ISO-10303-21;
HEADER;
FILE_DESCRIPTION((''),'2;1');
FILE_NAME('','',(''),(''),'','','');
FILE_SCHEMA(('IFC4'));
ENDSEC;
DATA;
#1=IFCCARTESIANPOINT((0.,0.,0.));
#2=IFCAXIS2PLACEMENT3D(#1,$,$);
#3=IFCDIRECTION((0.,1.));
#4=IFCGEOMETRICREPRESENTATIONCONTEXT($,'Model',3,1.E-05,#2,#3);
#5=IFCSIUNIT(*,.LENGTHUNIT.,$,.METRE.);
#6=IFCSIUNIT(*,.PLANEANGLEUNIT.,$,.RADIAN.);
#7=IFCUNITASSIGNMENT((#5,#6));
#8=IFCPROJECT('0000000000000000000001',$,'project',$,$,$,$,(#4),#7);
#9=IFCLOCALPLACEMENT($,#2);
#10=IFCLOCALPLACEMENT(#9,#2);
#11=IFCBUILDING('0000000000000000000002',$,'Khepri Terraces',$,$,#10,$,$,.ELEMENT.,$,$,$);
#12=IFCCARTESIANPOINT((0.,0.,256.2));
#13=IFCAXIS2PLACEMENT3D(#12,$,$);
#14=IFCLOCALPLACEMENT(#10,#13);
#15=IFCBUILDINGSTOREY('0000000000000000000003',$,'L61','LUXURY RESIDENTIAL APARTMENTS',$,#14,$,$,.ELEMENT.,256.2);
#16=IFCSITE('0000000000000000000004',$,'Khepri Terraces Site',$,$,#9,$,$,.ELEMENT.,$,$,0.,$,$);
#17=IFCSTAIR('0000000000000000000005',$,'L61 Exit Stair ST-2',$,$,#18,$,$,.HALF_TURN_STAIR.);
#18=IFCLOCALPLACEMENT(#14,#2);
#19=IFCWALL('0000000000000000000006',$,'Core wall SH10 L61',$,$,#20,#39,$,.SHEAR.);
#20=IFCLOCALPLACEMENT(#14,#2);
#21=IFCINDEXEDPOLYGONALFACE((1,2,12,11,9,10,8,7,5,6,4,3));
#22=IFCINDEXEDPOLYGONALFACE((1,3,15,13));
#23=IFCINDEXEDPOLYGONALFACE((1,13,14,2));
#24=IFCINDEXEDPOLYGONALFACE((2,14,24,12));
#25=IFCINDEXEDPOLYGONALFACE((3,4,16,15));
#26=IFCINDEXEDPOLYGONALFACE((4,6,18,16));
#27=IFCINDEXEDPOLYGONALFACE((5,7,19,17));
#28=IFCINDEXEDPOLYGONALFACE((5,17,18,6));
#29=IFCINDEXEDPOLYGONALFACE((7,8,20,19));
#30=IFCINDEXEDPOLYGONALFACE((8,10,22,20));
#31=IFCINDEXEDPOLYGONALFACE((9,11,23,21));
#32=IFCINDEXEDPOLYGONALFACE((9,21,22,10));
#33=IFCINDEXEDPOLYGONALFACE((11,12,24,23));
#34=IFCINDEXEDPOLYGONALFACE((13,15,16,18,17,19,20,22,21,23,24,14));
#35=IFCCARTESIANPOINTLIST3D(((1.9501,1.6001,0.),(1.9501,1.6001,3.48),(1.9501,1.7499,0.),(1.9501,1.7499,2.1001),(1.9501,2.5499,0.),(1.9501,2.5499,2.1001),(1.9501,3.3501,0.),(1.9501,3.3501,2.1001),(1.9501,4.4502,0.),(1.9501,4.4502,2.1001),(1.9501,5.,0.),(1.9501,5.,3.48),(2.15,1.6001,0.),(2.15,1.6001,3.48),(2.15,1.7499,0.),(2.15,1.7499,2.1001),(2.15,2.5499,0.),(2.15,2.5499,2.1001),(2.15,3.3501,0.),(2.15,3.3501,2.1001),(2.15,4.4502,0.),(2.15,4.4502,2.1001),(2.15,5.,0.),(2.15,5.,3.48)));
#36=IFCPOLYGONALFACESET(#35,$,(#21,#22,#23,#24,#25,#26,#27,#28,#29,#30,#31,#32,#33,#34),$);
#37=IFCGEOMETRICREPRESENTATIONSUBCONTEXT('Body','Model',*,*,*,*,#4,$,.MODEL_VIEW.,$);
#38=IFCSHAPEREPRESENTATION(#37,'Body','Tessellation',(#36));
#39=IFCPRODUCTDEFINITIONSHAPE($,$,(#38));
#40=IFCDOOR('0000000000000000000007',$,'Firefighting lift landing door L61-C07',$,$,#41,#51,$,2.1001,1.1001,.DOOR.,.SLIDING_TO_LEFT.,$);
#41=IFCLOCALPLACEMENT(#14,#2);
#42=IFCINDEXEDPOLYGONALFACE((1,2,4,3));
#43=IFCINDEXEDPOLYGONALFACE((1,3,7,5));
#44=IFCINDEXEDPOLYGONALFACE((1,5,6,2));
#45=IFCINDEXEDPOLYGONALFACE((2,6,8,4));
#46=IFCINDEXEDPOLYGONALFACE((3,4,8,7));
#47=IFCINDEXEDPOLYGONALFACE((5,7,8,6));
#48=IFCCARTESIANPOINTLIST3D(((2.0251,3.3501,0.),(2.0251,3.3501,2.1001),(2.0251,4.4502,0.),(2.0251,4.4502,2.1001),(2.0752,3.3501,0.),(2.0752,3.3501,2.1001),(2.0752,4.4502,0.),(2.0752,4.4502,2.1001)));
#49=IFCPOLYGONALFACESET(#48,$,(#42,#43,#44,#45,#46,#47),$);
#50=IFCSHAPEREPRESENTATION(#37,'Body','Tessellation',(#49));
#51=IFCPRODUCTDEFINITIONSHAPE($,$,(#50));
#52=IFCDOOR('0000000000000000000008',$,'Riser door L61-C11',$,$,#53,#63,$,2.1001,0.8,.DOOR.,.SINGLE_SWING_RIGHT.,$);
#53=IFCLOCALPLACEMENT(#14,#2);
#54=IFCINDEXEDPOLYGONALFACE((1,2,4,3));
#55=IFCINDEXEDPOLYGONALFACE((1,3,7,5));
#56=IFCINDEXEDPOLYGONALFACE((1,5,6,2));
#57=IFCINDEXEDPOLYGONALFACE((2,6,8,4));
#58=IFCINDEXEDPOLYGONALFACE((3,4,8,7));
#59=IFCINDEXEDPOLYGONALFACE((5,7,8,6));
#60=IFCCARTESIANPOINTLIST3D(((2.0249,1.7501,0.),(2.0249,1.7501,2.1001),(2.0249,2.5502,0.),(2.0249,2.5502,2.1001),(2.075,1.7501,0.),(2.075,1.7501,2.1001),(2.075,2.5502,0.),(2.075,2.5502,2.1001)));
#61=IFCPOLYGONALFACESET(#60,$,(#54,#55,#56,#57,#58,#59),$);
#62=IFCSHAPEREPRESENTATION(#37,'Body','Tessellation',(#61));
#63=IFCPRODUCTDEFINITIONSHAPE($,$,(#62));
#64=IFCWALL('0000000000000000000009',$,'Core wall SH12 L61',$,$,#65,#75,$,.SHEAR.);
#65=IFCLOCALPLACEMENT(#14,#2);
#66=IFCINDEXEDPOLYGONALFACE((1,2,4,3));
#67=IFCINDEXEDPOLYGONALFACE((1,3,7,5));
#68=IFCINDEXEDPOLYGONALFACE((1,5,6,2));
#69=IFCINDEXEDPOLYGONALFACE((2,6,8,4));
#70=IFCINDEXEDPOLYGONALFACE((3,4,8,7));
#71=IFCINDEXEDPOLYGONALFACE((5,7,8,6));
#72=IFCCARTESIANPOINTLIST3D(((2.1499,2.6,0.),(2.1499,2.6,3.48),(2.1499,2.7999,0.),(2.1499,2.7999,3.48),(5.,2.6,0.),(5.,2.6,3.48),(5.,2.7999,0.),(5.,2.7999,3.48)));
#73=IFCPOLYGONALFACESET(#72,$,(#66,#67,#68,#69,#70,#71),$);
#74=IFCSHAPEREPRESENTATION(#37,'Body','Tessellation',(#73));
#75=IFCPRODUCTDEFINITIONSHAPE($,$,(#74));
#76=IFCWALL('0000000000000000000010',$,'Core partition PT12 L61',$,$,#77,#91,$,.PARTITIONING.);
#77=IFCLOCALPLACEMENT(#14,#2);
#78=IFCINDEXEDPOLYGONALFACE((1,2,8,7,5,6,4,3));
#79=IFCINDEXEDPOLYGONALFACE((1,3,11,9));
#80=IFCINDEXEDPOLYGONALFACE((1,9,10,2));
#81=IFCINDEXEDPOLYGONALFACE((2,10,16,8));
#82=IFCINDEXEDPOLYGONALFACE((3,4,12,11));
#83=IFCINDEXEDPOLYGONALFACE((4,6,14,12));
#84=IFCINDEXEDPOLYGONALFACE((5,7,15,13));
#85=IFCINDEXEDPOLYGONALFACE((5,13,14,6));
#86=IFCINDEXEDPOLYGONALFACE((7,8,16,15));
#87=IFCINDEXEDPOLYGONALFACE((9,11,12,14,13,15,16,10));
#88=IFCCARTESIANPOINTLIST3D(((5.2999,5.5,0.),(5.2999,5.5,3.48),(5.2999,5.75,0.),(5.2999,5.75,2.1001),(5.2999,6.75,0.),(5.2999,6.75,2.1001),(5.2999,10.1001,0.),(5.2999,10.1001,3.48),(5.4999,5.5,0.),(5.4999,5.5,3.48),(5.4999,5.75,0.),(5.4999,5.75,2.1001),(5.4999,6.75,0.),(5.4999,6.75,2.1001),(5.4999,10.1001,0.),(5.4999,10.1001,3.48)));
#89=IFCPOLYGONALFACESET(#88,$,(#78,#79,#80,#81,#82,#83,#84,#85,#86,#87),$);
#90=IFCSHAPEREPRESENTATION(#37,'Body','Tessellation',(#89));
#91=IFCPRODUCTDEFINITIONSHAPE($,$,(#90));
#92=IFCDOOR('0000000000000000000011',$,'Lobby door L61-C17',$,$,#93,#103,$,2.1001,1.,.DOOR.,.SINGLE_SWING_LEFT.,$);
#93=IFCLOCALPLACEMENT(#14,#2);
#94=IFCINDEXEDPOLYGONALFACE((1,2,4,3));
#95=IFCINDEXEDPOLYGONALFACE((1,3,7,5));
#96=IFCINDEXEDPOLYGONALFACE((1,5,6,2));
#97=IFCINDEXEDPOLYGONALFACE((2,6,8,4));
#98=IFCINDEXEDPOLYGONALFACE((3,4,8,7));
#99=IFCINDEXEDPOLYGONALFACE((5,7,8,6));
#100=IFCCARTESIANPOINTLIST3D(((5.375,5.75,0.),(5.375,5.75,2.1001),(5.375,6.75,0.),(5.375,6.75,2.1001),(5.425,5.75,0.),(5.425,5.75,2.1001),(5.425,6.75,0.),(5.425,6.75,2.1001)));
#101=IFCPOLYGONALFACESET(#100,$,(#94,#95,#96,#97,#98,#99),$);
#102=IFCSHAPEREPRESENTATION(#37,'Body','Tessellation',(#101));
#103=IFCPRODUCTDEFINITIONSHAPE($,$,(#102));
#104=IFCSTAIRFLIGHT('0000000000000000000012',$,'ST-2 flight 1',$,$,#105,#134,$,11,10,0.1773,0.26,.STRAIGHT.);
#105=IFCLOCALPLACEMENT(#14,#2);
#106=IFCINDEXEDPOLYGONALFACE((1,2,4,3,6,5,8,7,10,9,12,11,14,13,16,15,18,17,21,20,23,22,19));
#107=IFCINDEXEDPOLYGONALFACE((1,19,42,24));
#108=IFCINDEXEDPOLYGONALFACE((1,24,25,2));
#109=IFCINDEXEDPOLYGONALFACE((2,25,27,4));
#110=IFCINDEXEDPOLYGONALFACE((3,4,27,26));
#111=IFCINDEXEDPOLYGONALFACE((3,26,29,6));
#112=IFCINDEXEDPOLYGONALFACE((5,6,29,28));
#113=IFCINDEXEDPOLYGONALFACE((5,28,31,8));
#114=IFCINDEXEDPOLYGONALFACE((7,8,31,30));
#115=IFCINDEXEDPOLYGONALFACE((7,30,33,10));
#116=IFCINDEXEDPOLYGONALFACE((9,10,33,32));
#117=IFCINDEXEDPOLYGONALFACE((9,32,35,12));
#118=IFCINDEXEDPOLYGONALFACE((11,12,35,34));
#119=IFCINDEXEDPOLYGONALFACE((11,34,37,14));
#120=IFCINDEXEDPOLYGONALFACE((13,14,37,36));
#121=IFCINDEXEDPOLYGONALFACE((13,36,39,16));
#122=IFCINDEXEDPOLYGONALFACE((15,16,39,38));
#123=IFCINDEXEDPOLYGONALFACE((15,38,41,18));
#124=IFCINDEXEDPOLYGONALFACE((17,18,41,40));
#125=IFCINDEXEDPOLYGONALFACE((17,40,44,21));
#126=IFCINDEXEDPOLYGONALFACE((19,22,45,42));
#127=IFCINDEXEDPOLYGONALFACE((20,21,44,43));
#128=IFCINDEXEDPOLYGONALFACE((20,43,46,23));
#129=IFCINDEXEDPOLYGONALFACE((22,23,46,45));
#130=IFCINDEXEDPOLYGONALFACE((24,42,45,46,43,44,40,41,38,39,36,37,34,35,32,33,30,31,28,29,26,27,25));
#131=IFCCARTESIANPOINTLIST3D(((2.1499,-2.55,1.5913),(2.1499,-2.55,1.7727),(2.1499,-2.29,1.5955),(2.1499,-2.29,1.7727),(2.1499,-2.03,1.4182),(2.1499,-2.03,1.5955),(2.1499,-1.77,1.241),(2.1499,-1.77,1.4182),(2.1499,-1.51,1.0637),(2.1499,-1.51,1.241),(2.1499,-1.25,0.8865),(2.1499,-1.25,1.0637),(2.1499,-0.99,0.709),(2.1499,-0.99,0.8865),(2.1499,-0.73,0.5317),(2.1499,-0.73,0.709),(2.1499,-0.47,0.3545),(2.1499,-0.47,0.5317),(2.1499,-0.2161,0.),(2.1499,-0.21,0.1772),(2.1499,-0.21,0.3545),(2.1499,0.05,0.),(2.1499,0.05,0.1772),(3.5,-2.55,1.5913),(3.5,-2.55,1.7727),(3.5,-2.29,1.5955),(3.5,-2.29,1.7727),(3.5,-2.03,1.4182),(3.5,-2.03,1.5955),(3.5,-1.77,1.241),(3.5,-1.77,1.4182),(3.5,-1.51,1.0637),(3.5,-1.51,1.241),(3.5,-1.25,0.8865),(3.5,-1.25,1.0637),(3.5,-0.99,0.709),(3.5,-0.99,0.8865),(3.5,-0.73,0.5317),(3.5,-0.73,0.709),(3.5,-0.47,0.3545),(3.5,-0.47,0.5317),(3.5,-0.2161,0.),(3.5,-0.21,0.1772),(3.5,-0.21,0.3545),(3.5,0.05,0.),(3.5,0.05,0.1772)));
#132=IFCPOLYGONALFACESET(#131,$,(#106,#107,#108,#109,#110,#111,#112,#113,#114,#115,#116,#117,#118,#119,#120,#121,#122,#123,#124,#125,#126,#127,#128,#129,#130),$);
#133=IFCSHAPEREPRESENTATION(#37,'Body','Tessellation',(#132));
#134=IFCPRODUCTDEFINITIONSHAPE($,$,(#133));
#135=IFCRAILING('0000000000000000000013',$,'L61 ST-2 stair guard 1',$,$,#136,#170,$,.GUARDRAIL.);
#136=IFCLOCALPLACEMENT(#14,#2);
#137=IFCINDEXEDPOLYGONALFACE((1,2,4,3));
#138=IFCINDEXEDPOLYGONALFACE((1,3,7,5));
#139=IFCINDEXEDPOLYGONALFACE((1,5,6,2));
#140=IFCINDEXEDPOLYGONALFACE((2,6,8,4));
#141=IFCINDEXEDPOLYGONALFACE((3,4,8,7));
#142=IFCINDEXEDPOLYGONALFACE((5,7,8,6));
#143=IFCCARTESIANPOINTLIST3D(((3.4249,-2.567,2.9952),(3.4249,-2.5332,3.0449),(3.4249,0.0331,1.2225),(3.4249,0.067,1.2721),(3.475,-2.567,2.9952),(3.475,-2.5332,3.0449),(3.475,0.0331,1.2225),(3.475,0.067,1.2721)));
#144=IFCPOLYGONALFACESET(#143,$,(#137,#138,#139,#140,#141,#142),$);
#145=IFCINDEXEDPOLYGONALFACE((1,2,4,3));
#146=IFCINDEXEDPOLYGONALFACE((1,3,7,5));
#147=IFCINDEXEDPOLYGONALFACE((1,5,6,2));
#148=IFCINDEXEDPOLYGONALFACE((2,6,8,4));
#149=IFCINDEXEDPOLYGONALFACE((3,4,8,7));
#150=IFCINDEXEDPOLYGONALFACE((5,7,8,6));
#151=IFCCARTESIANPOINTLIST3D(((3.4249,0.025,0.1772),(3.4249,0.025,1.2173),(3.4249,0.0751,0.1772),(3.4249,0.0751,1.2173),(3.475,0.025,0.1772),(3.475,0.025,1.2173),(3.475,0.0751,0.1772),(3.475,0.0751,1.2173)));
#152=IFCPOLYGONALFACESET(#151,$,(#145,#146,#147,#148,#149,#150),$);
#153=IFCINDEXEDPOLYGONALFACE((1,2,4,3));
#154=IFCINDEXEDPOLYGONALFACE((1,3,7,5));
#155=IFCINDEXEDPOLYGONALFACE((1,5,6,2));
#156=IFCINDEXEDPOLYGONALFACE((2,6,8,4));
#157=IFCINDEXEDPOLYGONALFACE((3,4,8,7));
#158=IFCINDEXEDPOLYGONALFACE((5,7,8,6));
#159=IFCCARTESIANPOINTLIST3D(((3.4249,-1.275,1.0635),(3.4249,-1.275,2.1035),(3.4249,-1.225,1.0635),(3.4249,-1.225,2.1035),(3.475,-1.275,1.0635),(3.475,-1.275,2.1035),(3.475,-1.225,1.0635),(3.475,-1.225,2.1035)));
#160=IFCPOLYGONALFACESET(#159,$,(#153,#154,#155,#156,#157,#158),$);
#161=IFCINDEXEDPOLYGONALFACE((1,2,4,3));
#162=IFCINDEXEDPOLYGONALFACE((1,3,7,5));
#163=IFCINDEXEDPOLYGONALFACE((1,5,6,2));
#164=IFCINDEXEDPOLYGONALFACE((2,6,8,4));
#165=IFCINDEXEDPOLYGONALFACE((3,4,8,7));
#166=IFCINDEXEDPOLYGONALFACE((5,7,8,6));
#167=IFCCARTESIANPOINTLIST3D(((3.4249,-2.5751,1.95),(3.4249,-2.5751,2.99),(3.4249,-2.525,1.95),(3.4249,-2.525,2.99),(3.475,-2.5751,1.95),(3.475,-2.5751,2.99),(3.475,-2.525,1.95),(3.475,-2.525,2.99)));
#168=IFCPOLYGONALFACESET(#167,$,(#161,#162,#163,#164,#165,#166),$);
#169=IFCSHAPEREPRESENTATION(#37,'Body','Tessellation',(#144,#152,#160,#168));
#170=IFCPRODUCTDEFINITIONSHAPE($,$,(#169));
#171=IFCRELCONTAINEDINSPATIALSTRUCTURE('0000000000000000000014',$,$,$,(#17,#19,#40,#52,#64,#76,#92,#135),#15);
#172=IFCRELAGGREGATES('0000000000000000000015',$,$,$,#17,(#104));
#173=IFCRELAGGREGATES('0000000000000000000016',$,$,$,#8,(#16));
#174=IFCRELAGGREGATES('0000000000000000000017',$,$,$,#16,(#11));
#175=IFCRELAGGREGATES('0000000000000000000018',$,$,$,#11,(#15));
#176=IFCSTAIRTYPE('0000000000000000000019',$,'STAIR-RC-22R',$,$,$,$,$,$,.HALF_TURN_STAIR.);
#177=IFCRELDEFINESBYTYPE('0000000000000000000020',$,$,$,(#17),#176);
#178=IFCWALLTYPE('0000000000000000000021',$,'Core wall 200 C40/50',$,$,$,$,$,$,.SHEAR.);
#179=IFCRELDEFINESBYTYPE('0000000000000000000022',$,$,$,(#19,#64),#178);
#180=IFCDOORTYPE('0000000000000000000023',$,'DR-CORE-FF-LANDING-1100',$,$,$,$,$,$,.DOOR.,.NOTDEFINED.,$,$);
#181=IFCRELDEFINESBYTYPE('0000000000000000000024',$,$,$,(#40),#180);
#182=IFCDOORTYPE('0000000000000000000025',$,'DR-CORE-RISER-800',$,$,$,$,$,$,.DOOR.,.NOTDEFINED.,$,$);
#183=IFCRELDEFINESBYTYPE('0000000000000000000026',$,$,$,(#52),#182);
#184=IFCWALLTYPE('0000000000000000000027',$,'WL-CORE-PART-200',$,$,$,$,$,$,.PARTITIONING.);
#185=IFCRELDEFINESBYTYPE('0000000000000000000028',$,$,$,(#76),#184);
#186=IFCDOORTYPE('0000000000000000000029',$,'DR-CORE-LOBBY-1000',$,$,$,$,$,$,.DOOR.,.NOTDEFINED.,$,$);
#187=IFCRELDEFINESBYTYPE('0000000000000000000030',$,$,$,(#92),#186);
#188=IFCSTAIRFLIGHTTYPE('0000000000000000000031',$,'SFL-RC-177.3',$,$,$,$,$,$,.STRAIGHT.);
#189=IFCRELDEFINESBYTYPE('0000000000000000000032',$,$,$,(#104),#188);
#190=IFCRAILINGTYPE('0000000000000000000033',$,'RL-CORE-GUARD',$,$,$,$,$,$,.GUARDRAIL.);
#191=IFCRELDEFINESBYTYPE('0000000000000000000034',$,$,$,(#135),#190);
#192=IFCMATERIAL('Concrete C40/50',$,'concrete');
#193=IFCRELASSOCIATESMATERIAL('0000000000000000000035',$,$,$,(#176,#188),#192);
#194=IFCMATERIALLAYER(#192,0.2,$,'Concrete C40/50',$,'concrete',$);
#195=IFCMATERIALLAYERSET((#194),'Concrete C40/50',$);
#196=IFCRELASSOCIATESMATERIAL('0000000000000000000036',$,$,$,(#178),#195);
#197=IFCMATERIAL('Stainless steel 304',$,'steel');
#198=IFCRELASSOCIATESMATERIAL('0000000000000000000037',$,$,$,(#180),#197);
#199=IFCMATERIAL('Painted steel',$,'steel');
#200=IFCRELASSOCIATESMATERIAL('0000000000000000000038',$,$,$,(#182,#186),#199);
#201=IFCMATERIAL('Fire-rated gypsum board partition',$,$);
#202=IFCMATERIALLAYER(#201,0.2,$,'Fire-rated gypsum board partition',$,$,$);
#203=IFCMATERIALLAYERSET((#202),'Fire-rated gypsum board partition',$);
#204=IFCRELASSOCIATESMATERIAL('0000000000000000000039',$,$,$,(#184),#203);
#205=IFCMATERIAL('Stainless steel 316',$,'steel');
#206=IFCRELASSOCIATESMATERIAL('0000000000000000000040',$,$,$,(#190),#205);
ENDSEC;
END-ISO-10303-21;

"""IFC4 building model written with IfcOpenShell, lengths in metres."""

from ifc_helpers import new_model, si_unit, direction, frame, frame_2d, origin, origin_2d, place, context, subcontext, project, spatial, polyline, rectangle, outline, extrude, material, layer, layer_set, type_object, element, fill, aggregate, save


model = new_model("IFC4")

# Units and contexts
model_context = context("Model", 3, precision=1e-05, world=origin(), true_north=direction((0.0, 1.0)))
body_context = subcontext(model_context, "Body", "Model", "MODEL_VIEW")
ifc_project = project(units=[si_unit("LENGTHUNIT", "METRE"), si_unit("PLANEANGLEUNIT", "RADIAN")], contexts=[model_context])

# Site, building, storey
site_placement = place(None, origin())
site = spatial("IfcSite", under=ifc_project, at=site_placement, Name="Khepri Terraces Site", CompositionType="ELEMENT", RefElevation=0.0)
building_placement = place(site_placement, origin())
building = spatial("IfcBuilding", under=site, at=building_placement, Name="Khepri Terraces", CompositionType="ELEMENT")
storey_placement = place(building_placement, frame((0.0, 0.0, 256.2)))
storey = spatial("IfcBuildingStorey", under=building, at=storey_placement, Name="L61", Description="LUXURY RESIDENTIAL APARTMENTS", CompositionType="ELEMENT", Elevation=256.2)

# Stair
ifc_material_1 = material(Name="Concrete C40/50", Category="concrete")
stair_type = type_object("IfcStairType", Name="STAIR-RC-22R", PredefinedType="HALF_TURN_STAIR", material=ifc_material_1)
stair_1_placement = place(storey_placement, origin())
stair_1 = element("IfcStair", 1, at=stair_1_placement, inside=storey, type_object=stair_type, Name="L61 Exit Stair ST-2", PredefinedType="HALF_TURN_STAIR")

# Shared definitions
ifc_layer_1 = layer(ifc_material_1, 0.2, Name="Concrete C40/50", Category="concrete")
ifc_layer_set_1 = layer_set([ifc_layer_1], Name="Concrete C40/50")
wall_type_1 = type_object("IfcWallType", Name="Core wall 200 C40/50", PredefinedType="SHEAR", material=ifc_layer_set_1)

# Shared definitions
ifc_material_2 = material(Name="Painted steel", Category="steel")

# Wall, openings, doors
wall_1_placement = place(storey_placement, frame((2.05, 1.6001, 0.0), z_axis=(0.0, 0.0, 1.0), x_axis=(0.0, 1.0, 0.0)))
wall_1 = element("IfcWall", 2, at=wall_1_placement, inside=storey, type_object=wall_type_1, Name="Core wall SH10 L61", PredefinedType="SHEAR", context=body_context, shape_type="SweptSolid", body=[
    extrude(rectangle(XDim=3.3999, YDim=0.2, at=frame_2d((1.7, 0.0))), origin(), (0.0, 0.0, 1.0), 3.48),
])
opening_1_placement = place(wall_1_placement, frame((1.75, 0.0, 0.0)))
opening_1 = element("IfcOpeningElement", 3, at=opening_1_placement, cuts=wall_1, PredefinedType="OPENING", context=body_context, shape_type="SweptSolid", body=[
    extrude(rectangle(XDim=1.1001, YDim=2.1001, at=frame_2d((0.55, 1.05))), frame((0.0, 0.1099, 0.0), z_axis=(0.0, -1.0, 0.0), x_axis=(1.0, 0.0, 0.0)), (0.0, 0.0, 1.0), 0.22),
])
opening_2_placement = place(wall_1_placement, frame((0.1499, 0.0, 0.0)))
opening_2 = element("IfcOpeningElement", 4, at=opening_2_placement, cuts=wall_1, PredefinedType="OPENING", context=body_context, shape_type="SweptSolid", body=[
    extrude(rectangle(XDim=0.8, YDim=2.1001, at=frame_2d((0.3999, 1.05))), frame((0.0, 0.1099, 0.0), z_axis=(0.0, -1.0, 0.0), x_axis=(1.0, 0.0, 0.0)), (0.0, 0.0, 1.0), 0.22),
])
ifc_material_3 = material(Name="Stainless steel 304", Category="steel")
door_type_1 = type_object("IfcDoorType", Name="DR-CORE-FF-LANDING-1100", OperationType="NOTDEFINED", PredefinedType="DOOR", material=ifc_material_3)
door_1_placement = place(opening_1_placement, origin())
door_1 = element("IfcDoor", 5, at=door_1_placement, inside=storey, type_object=door_type_1, Name="Firefighting lift landing door L61-C07", OperationType="SLIDING_TO_LEFT", OverallHeight=2.1001, OverallWidth=1.1001, PredefinedType="DOOR", context=body_context, shape_type="SweptSolid", body=[
    extrude(rectangle(XDim=1.1001, YDim=2.1001, at=frame_2d((0.55, 1.05))), frame((0.0, 0.0249, 0.0), z_axis=(0.0, -1.0, 0.0), x_axis=(1.0, 0.0, 0.0)), (0.0, 0.0, 1.0), 0.05),
])
fill(opening_1, door_1)
door_type_2 = type_object("IfcDoorType", Name="DR-CORE-RISER-800", OperationType="NOTDEFINED", PredefinedType="DOOR", material=ifc_material_2)
door_2_placement = place(opening_2_placement, frame((0.8, 0.0, 0.0), z_axis=(0.0, 0.0, 1.0), x_axis=(-1.0, 0.0, 0.0)))
door_2 = element("IfcDoor", 6, at=door_2_placement, inside=storey, type_object=door_type_2, Name="Riser door L61-C11", OperationType="SINGLE_SWING_RIGHT", OverallHeight=2.1001, OverallWidth=0.8, PredefinedType="DOOR", context=body_context, shape_type="SweptSolid", body=[
    extrude(rectangle(XDim=0.8, YDim=2.1001, at=frame_2d((0.3999, 1.05))), frame((0.0, 0.0249, 0.0), z_axis=(0.0, -1.0, 0.0), x_axis=(1.0, 0.0, 0.0)), (0.0, 0.0, 1.0), 0.05),
])
fill(opening_2, door_2)

# Wall
wall_2_placement = place(storey_placement, frame((2.1499, 2.7, 0.0), z_axis=(0.0, 0.0, 1.0), x_axis=(1.0, 0.0, 0.0)))
element("IfcWall", 7, at=wall_2_placement, inside=storey, type_object=wall_type_1, Name="Core wall SH12 L61", PredefinedType="SHEAR", context=body_context, shape_type="SweptSolid", body=[
    extrude(rectangle(XDim=2.8501, YDim=0.2, at=frame_2d((1.425, 0.0))), origin(), (0.0, 0.0, 1.0), 3.48),
])

# Wall, opening, door
ifc_material_4 = material(Name="Fire-rated gypsum board partition")
ifc_layer_2 = layer(ifc_material_4, 0.2, Name="Fire-rated gypsum board partition")
ifc_layer_set_2 = layer_set([ifc_layer_2], Name="Fire-rated gypsum board partition")
wall_type_2 = type_object("IfcWallType", Name="WL-CORE-PART-200", PredefinedType="PARTITIONING", material=ifc_layer_set_2)
wall_3_placement = place(storey_placement, frame((5.3999, 5.5, 0.0), z_axis=(0.0, 0.0, 1.0), x_axis=(0.0, 1.0, 0.0)))
wall_3 = element("IfcWall", 8, at=wall_3_placement, inside=storey, type_object=wall_type_2, Name="Core partition PT12 L61", PredefinedType="PARTITIONING", context=body_context, shape_type="SweptSolid", body=[
    extrude(rectangle(XDim=4.6001, YDim=0.2, at=frame_2d((2.3, 0.0))), origin(), (0.0, 0.0, 1.0), 3.48),
])
opening_3_placement = place(wall_3_placement, frame((0.25, 0.0, 0.0)))
opening_3 = element("IfcOpeningElement", 9, at=opening_3_placement, cuts=wall_3, PredefinedType="OPENING", context=body_context, shape_type="SweptSolid", body=[
    extrude(rectangle(XDim=1.0, YDim=2.1001, at=frame_2d((0.5, 1.05))), frame((0.0, 0.1099, 0.0), z_axis=(0.0, -1.0, 0.0), x_axis=(1.0, 0.0, 0.0)), (0.0, 0.0, 1.0), 0.22),
])
door_type_3 = type_object("IfcDoorType", Name="DR-CORE-LOBBY-1000", OperationType="NOTDEFINED", PredefinedType="DOOR", material=ifc_material_2)
door_3_placement = place(opening_3_placement, origin())
door_3 = element("IfcDoor", 10, at=door_3_placement, inside=storey, type_object=door_type_3, Name="Lobby door L61-C17", OperationType="SINGLE_SWING_LEFT", OverallHeight=2.1001, OverallWidth=1.0, PredefinedType="DOOR", context=body_context, shape_type="SweptSolid", body=[
    extrude(rectangle(XDim=1.0, YDim=2.1001, at=frame_2d((0.5, 1.05))), frame((0.0, 0.0249, 0.0), z_axis=(0.0, -1.0, 0.0), x_axis=(1.0, 0.0, 0.0)), (0.0, 0.0, 1.0), 0.05),
])
fill(opening_3, door_3)

# Stair flight
stair_flight_type = type_object("IfcStairFlightType", Name="SFL-RC-177.3", PredefinedType="STRAIGHT", material=ifc_material_1)
stair_flight_placement = place(storey_placement, frame((2.825, 0.05, 0.0), z_axis=(0.0, 0.0, 1.0), x_axis=(0.0, -1.0, 0.0)))
stair_flight = element("IfcStairFlight", 11, at=stair_flight_placement, type_object=stair_flight_type, Name="ST-2 flight 1", NumberOfRisers=11, NumberOfTreads=10, PredefinedType="STRAIGHT", RiserHeight=0.1773, TreadLength=0.26, context=body_context, shape_type="SweptSolid", body=[
    extrude(outline(polyline([(0.0, 0.0), (0.0, 0.1772), (0.26, 0.1772), (0.26, 0.3545), (0.52, 0.3545), (0.52, 0.5317), (0.78, 0.5317), (0.78, 0.709), (1.04, 0.709), (1.04, 0.8865), (1.3, 0.8865), (1.3, 1.0637), (1.5601, 1.0637), (1.5601, 1.241), (1.8201, 1.241), (1.8201, 1.4182), (2.0801, 1.4182), (2.0801, 1.5955), (2.3401, 1.5955), (2.3401, 1.7727), (2.6001, 1.7727), (2.6001, 1.95), (2.6001, 1.5913), (0.2661, 0.0), (0.0, 0.0)])), frame((0.0, 0.675, 0.0), z_axis=(0.0, -1.0, 0.0), x_axis=(1.0, 0.0, 0.0)), (0.0, 0.0, 1.0), 1.3501),
])
aggregate(stair_1, [stair_flight])

# Railing
ifc_material_5 = material(Name="Stainless steel 316", Category="steel")
railing_type_1 = type_object("IfcRailingType", Name="RL-CORE-GUARD", PredefinedType="GUARDRAIL", material=ifc_material_5)
railing_1_placement = place(storey_placement, frame((3.45, 0.05, 0.1772)))
element("IfcRailing", 12, at=railing_1_placement, inside=storey, type_object=railing_type_1, Name="L61 ST-2 stair guard 1", PredefinedType="GUARDRAIL", context=body_context, shape_type="SweptSolid", body=[
    extrude(rectangle(XDim=0.05, YDim=0.0601, at=origin_2d()), frame((0.0, 0.0, 1.0701), z_axis=(0.0, -0.82624, 0.563318), x_axis=(1.0, 0.0, 0.0)), (0.0, 0.0, 1.0), 3.147),
    extrude(rectangle(XDim=0.05, YDim=0.05, at=origin_2d()), origin(), (0.0, 0.0, 1.0), 1.04),
    extrude(rectangle(XDim=0.05, YDim=0.05, at=origin_2d()), frame((0.0, -1.3, 0.8862)), (0.0, 0.0, 1.0), 1.04),
    extrude(rectangle(XDim=0.05, YDim=0.05, at=origin_2d()), frame((0.0, -2.6001, 1.7727)), (0.0, 0.0, 1.0), 1.04),
])

save(model, "model.ifc")
